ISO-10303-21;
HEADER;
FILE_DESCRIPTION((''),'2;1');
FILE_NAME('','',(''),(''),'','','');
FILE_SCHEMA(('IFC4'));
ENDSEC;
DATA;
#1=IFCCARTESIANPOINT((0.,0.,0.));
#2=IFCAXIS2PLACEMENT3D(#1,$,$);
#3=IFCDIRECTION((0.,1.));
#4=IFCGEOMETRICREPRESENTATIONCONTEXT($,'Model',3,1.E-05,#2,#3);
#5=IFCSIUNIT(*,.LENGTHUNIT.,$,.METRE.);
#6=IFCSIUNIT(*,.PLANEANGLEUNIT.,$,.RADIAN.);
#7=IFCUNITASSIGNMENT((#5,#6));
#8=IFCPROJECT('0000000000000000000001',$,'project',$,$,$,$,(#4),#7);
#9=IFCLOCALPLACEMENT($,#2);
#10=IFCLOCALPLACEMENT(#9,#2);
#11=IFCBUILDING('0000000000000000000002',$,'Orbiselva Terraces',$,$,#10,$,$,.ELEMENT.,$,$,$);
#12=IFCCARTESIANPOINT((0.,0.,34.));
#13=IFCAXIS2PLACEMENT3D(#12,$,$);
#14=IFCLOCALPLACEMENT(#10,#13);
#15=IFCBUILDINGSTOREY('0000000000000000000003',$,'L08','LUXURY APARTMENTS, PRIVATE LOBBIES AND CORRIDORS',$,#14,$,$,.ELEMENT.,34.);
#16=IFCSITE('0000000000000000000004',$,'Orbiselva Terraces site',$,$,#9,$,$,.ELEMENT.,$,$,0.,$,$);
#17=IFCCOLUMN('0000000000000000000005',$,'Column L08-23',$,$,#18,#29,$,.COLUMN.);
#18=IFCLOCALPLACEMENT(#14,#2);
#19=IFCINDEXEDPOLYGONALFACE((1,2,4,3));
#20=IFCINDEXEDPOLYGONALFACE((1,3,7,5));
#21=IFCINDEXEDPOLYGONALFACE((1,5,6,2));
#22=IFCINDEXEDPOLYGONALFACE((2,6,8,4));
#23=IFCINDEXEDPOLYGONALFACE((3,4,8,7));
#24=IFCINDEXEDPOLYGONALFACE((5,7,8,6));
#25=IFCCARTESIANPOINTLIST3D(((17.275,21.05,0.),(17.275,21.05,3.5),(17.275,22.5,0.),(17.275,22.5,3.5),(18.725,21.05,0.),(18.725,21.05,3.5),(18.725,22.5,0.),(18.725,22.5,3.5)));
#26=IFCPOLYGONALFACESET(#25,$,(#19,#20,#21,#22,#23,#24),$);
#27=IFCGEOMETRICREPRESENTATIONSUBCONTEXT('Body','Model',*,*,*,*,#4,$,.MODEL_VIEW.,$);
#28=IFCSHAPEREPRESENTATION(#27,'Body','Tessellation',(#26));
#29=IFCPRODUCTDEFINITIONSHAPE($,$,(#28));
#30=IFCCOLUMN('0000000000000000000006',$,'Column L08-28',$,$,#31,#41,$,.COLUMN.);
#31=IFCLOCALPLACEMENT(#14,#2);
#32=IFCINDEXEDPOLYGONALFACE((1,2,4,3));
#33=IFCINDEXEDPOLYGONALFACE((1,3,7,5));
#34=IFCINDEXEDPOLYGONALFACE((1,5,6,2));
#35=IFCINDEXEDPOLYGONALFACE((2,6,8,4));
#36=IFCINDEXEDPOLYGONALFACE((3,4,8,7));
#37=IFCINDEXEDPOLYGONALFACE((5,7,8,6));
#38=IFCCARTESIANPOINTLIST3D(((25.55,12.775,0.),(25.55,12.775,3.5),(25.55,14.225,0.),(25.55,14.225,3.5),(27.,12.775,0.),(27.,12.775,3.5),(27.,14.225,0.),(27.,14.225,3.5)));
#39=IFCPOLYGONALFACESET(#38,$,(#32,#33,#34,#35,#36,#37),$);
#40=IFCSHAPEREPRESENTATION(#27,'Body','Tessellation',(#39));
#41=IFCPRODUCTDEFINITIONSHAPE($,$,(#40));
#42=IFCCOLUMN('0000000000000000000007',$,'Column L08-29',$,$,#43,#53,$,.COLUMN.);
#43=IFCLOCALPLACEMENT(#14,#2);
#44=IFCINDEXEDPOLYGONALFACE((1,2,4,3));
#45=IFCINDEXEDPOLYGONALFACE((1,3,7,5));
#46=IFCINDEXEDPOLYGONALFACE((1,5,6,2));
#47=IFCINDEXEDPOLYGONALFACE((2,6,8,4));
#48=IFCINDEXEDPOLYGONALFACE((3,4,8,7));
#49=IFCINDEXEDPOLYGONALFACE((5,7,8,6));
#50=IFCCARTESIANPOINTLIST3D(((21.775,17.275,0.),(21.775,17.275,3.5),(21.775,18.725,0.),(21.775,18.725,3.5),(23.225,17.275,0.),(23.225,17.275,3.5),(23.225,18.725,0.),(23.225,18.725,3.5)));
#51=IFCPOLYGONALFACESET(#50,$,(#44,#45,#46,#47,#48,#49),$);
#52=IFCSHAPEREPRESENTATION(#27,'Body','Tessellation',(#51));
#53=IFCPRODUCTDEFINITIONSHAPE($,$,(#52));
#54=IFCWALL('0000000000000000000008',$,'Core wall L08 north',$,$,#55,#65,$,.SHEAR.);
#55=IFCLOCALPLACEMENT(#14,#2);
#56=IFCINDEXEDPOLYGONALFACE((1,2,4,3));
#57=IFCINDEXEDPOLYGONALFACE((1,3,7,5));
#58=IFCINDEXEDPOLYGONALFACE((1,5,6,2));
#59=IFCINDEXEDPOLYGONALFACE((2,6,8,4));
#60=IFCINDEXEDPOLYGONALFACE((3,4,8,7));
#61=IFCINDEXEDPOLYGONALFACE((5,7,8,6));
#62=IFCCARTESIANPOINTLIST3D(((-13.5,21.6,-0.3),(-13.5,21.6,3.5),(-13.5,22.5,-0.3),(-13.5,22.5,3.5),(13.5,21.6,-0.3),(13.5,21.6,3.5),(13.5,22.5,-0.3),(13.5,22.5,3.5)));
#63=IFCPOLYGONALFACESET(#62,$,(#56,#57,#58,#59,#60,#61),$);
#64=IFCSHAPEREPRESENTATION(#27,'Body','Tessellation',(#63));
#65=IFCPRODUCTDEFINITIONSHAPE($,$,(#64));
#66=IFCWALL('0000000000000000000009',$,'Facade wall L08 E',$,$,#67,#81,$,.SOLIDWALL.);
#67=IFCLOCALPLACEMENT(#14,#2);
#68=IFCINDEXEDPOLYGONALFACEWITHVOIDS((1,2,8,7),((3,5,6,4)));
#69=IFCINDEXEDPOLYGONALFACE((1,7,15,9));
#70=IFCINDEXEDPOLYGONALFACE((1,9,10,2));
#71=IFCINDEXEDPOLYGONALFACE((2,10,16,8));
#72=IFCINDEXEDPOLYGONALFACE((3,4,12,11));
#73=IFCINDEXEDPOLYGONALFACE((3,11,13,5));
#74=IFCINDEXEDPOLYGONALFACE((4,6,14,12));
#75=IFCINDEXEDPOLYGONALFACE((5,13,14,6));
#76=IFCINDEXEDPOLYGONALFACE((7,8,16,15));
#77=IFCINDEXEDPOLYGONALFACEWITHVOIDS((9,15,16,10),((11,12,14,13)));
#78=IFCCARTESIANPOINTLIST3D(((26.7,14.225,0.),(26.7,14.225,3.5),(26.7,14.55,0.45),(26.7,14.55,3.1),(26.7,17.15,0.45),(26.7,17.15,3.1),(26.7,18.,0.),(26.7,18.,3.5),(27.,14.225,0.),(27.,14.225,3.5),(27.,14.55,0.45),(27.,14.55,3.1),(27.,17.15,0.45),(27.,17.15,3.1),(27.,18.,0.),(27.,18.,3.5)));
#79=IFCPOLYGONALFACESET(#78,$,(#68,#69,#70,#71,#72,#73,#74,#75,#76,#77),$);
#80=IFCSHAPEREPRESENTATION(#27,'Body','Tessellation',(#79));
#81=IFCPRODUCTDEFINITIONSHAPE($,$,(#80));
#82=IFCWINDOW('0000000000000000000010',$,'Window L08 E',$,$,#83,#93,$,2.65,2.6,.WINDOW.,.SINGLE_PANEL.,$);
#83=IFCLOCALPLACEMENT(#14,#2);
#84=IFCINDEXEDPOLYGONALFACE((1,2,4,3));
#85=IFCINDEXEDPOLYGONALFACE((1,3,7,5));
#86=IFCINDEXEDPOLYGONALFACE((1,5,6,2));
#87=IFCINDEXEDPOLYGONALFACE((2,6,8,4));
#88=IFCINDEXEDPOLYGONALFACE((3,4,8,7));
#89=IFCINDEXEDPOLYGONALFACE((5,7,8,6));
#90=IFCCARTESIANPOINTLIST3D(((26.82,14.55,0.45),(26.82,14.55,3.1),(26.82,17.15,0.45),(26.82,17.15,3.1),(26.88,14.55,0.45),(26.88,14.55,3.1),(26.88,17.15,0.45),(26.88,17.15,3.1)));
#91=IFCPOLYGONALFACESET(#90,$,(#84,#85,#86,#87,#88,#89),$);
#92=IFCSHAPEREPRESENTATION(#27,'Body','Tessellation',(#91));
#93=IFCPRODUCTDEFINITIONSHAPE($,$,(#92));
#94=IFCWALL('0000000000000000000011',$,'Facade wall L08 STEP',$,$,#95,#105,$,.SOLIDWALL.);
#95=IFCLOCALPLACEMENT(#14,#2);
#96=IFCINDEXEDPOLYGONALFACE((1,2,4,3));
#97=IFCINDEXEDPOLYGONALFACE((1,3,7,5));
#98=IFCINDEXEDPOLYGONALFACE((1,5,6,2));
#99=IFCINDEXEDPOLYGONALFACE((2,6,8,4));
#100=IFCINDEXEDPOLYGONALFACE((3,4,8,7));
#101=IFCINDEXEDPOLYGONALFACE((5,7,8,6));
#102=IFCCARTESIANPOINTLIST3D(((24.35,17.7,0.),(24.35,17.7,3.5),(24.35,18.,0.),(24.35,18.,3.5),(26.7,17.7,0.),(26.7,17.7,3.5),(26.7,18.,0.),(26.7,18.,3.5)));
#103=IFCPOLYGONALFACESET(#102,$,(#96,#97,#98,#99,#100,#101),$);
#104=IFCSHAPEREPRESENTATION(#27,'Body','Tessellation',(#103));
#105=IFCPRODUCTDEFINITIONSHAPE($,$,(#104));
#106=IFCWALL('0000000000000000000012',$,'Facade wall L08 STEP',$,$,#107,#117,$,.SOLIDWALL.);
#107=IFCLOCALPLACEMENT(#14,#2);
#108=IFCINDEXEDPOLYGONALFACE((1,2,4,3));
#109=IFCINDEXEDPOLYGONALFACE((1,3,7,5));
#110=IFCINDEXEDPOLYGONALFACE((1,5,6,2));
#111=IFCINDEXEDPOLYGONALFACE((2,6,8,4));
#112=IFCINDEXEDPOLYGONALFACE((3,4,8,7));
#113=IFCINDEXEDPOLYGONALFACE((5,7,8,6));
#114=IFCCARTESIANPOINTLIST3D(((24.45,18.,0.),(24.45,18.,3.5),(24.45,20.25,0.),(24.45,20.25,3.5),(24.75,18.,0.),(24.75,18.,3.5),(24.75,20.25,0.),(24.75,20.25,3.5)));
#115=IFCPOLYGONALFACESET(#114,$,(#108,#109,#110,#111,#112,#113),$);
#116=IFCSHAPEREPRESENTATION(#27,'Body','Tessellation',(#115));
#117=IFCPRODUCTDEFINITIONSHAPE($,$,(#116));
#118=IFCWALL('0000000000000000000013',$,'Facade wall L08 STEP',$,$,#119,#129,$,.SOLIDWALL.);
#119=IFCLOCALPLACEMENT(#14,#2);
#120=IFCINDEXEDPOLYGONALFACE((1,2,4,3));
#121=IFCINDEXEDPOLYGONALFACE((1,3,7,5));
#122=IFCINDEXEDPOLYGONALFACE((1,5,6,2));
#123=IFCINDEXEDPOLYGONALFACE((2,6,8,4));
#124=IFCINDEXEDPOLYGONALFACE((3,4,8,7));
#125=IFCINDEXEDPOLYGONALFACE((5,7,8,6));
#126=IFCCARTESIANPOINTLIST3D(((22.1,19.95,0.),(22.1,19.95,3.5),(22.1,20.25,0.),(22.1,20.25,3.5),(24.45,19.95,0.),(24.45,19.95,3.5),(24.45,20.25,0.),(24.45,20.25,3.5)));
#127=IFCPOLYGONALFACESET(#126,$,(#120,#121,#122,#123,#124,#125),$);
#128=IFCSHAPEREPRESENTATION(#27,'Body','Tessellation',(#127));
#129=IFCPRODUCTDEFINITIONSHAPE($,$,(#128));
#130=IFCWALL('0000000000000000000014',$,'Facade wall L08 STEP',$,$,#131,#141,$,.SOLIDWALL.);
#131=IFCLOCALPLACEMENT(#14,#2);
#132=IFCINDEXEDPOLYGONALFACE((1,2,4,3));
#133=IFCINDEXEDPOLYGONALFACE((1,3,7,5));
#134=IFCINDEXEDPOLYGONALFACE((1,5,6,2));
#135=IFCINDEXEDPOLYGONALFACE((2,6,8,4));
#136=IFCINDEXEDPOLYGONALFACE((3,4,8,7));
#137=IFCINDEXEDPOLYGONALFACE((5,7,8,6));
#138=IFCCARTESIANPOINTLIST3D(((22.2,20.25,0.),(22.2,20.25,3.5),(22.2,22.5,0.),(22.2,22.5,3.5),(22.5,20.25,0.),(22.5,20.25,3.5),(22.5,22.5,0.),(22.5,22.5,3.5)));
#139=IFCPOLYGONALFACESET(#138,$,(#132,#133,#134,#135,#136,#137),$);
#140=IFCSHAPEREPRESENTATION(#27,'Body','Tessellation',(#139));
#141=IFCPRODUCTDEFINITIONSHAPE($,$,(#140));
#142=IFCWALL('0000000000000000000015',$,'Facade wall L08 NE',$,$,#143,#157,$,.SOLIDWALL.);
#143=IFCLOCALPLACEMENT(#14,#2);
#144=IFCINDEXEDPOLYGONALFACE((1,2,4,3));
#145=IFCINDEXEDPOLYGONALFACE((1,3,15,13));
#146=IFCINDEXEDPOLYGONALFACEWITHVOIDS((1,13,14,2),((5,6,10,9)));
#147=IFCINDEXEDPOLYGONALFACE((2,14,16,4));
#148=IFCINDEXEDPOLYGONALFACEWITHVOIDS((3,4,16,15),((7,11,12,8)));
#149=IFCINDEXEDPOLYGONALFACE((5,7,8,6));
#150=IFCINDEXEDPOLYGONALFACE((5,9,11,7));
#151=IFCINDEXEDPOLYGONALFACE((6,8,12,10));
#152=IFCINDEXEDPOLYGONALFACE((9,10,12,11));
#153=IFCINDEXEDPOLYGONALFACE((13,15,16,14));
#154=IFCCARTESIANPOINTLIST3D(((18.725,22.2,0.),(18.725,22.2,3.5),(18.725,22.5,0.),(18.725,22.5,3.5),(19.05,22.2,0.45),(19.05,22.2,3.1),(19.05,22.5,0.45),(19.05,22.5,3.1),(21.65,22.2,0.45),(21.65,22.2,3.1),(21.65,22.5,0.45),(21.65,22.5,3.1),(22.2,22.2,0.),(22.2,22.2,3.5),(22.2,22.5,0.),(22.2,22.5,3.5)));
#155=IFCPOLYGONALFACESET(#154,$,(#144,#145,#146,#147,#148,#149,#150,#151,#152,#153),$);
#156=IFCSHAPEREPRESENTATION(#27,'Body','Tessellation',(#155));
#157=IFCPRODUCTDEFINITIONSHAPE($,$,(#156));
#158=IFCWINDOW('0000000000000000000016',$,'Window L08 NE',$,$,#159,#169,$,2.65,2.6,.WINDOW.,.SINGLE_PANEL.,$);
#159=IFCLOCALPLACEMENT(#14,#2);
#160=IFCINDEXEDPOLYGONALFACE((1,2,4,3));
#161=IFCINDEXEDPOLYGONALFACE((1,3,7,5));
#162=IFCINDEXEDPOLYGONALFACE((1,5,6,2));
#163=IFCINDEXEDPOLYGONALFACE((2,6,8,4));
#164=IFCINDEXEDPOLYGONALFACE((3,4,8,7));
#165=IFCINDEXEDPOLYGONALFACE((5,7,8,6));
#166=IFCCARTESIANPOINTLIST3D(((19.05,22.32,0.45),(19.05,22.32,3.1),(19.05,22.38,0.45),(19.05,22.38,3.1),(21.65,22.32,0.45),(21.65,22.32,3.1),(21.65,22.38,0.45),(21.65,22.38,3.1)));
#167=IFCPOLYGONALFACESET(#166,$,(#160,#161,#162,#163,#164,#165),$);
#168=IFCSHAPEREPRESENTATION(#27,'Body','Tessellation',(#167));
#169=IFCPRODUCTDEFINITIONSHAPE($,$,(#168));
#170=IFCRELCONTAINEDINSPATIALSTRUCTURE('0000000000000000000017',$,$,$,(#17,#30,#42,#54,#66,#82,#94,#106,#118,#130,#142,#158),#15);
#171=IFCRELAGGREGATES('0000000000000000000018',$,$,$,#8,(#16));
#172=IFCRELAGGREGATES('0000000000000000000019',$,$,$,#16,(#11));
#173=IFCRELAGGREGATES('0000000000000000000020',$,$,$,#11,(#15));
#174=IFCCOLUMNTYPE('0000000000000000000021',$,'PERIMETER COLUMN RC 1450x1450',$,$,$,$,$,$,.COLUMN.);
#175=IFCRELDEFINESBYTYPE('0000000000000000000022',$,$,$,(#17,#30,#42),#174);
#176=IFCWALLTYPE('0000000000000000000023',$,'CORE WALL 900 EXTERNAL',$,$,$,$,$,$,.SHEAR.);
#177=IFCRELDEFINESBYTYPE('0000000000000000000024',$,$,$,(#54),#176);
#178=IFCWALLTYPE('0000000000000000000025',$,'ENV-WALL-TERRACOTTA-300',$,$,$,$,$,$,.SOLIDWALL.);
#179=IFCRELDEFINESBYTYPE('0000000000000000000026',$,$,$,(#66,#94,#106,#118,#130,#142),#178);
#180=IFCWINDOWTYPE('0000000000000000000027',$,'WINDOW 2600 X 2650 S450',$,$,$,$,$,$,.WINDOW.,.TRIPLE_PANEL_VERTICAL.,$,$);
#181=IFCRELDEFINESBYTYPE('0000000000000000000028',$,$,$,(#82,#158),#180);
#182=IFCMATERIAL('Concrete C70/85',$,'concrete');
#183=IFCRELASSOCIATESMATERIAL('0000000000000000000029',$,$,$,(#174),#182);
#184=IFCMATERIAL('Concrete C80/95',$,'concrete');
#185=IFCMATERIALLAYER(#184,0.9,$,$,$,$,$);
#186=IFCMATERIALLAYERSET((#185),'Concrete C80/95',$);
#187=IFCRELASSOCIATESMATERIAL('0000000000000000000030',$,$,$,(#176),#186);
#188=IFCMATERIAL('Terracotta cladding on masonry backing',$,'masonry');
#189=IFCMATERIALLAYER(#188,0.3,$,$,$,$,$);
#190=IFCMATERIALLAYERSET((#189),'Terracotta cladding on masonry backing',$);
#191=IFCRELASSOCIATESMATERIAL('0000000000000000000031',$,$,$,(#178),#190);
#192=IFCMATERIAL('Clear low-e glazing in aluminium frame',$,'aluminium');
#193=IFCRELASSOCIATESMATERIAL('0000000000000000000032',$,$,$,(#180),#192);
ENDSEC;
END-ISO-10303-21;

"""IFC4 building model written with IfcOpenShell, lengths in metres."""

from ifc_helpers import new_model, si_unit, direction, frame, frame_2d, origin, origin_2d, place, context, subcontext, project, spatial, rectangle, extrude, material, layer, layer_set, material_profile, profile_set, type_object, element, fill, save


model = new_model("IFC4")

# Units and contexts
model_context = context("Model", 3, precision=1e-05, world=origin(), true_north=direction((0.0, 1.0)))
body_context = subcontext(model_context, "Body", "Model", "MODEL_VIEW")
ifc_project = project(units=[si_unit("LENGTHUNIT", "METRE"), si_unit("PLANEANGLEUNIT", "RADIAN")], contexts=[model_context])

# Site, building, storey
site_placement = place(None, origin())
site = spatial("IfcSite", under=ifc_project, at=site_placement, Name="Orbiselva Terraces site", CompositionType="ELEMENT", RefElevation=0.0)
building_placement = place(site_placement, origin())
building = spatial("IfcBuilding", under=site, at=building_placement, Name="Orbiselva Terraces", CompositionType="ELEMENT")
storey_placement = place(building_placement, frame((0.0, 0.0, 34.0)))
storey = spatial("IfcBuildingStorey", under=building, at=storey_placement, Name="L08", Description="LUXURY APARTMENTS, PRIVATE LOBBIES AND CORRIDORS", CompositionType="ELEMENT", Elevation=34.0)

# Columns
ifc_material_1 = material(Name="Concrete C70/85", Category="concrete")
ifc_material_profile = material_profile(ifc_material_1, rectangle(XDim=1.45, YDim=1.45, at=origin_2d()), Name="RC 1450x1450")
ifc_profile_set = profile_set([ifc_material_profile], Name="Concrete C70/85")
column_type = type_object("IfcColumnType", Name="PERIMETER COLUMN RC 1450x1450", PredefinedType="COLUMN", material=ifc_profile_set)
for number, where, z_axis, x_axis, name in (
    (1, (18.0, 21.775, 0.0), (0.0, 0.0, 1.0), (1.0, 0.0, 0.0), "Column L08-23"),
    (2, (26.275, 13.5, 0.0), (0.0, 0.0, 1.0), (1.0, 0.0, 0.0), "Column L08-28"),
    (3, (22.5, 18.0, 0.0), (0.0, 0.0, 1.0), (1.0, 0.0, 0.0), "Column L08-29"),
):
    element("IfcColumn", number, at=place(storey_placement, frame(where, z_axis=z_axis, x_axis=x_axis)), inside=storey, type_object=column_type, Name=name, PredefinedType="COLUMN", context=body_context, shape_type="SweptSolid", body=[
        extrude(rectangle(XDim=1.45, YDim=1.45, at=origin_2d()), origin(), (0.0, 0.0, 1.0), 3.5),
    ])

# Wall
ifc_material_2 = material(Name="Concrete C80/95", Category="concrete")
ifc_layer_1 = layer(ifc_material_2, 0.9)
ifc_layer_set_1 = layer_set([ifc_layer_1], Name="Concrete C80/95")
wall_type_1 = type_object("IfcWallType", Name="CORE WALL 900 EXTERNAL", PredefinedType="SHEAR", material=ifc_layer_set_1)
wall_1_placement = place(storey_placement, frame((13.5, 22.05, -0.3), z_axis=(0.0, 0.0, 1.0), x_axis=(-1.0, 0.0, 0.0)))
element("IfcWall", 4, at=wall_1_placement, inside=storey, type_object=wall_type_1, Name="Core wall L08 north", PredefinedType="SHEAR", context=body_context, shape_type="SweptSolid", body=[
    extrude(rectangle(XDim=27.0, YDim=0.9, at=frame_2d((13.5, 0.0))), origin(), (0.0, 0.0, 1.0), 3.8),
])

# Wall, opening, window
ifc_material_3 = material(Name="Terracotta cladding on masonry backing", Category="masonry")
ifc_layer_2 = layer(ifc_material_3, 0.3)
ifc_layer_set_2 = layer_set([ifc_layer_2], Name="Terracotta cladding on masonry backing")
wall_type_2 = type_object("IfcWallType", Name="ENV-WALL-TERRACOTTA-300", PredefinedType="SOLIDWALL", material=ifc_layer_set_2)
wall_2_placement = place(storey_placement, frame((26.85, 18.0, 0.0), z_axis=(0.0, 0.0, 1.0), x_axis=(0.0, -1.0, 0.0)))
wall_2 = element("IfcWall", 5, at=wall_2_placement, inside=storey, type_object=wall_type_2, Name="Facade wall L08 E", PredefinedType="SOLIDWALL", context=body_context, shape_type="SweptSolid", body=[
    extrude(rectangle(XDim=3.775, YDim=0.3, at=frame_2d((1.8875, 0.0))), origin(), (0.0, 0.0, 1.0), 3.5),
])
opening_1_placement = place(wall_2_placement, frame((0.85, 0.0, 0.45)))
opening_1 = element("IfcOpeningElement", 6, at=opening_1_placement, cuts=wall_2, PredefinedType="OPENING", context=body_context, shape_type="SweptSolid", body=[
    extrude(rectangle(XDim=2.6, YDim=2.65, at=frame_2d((1.3, 1.325))), frame((0.0, 0.16, 0.0), z_axis=(0.0, -1.0, 0.0), x_axis=(1.0, 0.0, 0.0)), (0.0, 0.0, 1.0), 0.32),
])
ifc_material_4 = material(Name="Clear low-e glazing in aluminium frame", Category="aluminium")
window_type = type_object("IfcWindowType", Name="WINDOW 2600 X 2650 S450", PartitioningType="TRIPLE_PANEL_VERTICAL", PredefinedType="WINDOW", material=ifc_material_4)
window_1_placement = place(opening_1_placement, origin())
window_1 = element("IfcWindow", 7, at=window_1_placement, inside=storey, type_object=window_type, Name="Window L08 E", OverallHeight=2.65, OverallWidth=2.6, PartitioningType="SINGLE_PANEL", PredefinedType="WINDOW", context=body_context, shape_type="SweptSolid", body=[
    extrude(rectangle(XDim=2.6, YDim=2.65, at=frame_2d((1.3, 1.325))), frame((0.0, 0.03, 0.0), z_axis=(0.0, -1.0, 0.0), x_axis=(1.0, 0.0, 0.0)), (0.0, 0.0, 1.0), 0.06),
])
fill(opening_1, window_1)

# Walls
wall_3_placement = place(storey_placement, frame((24.35, 17.85, 0.0), z_axis=(0.0, 0.0, 1.0), x_axis=(1.0, 0.0, 0.0)))
element("IfcWall", 8, at=wall_3_placement, inside=storey, type_object=wall_type_2, Name="Facade wall L08 STEP", PredefinedType="SOLIDWALL", context=body_context, shape_type="SweptSolid", body=[
    extrude(rectangle(XDim=2.35, YDim=0.3, at=frame_2d((1.175, 0.0))), origin(), (0.0, 0.0, 1.0), 3.5),
])
wall_4_placement = place(storey_placement, frame((24.6, 20.25, 0.0), z_axis=(0.0, 0.0, 1.0), x_axis=(0.0, -1.0, 0.0)))
element("IfcWall", 9, at=wall_4_placement, inside=storey, type_object=wall_type_2, Name="Facade wall L08 STEP", PredefinedType="SOLIDWALL", context=body_context, shape_type="SweptSolid", body=[
    extrude(rectangle(XDim=2.25, YDim=0.3, at=frame_2d((1.125, 0.0))), origin(), (0.0, 0.0, 1.0), 3.5),
])
wall_5_placement = place(storey_placement, frame((22.1, 20.1, 0.0), z_axis=(0.0, 0.0, 1.0), x_axis=(1.0, 0.0, 0.0)))
element("IfcWall", 10, at=wall_5_placement, inside=storey, type_object=wall_type_2, Name="Facade wall L08 STEP", PredefinedType="SOLIDWALL", context=body_context, shape_type="SweptSolid", body=[
    extrude(rectangle(XDim=2.35, YDim=0.3, at=frame_2d((1.175, 0.0))), origin(), (0.0, 0.0, 1.0), 3.5),
])
wall_6_placement = place(storey_placement, frame((22.35, 22.5, 0.0), z_axis=(0.0, 0.0, 1.0), x_axis=(0.0, -1.0, 0.0)))
element("IfcWall", 11, at=wall_6_placement, inside=storey, type_object=wall_type_2, Name="Facade wall L08 STEP", PredefinedType="SOLIDWALL", context=body_context, shape_type="SweptSolid", body=[
    extrude(rectangle(XDim=2.25, YDim=0.3, at=frame_2d((1.125, 0.0))), origin(), (0.0, 0.0, 1.0), 3.5),
])

# Wall, opening, window
wall_7_placement = place(storey_placement, frame((18.725, 22.35, 0.0), z_axis=(0.0, 0.0, 1.0), x_axis=(1.0, 0.0, 0.0)))
wall_7 = element("IfcWall", 12, at=wall_7_placement, inside=storey, type_object=wall_type_2, Name="Facade wall L08 NE", PredefinedType="SOLIDWALL", context=body_context, shape_type="SweptSolid", body=[
    extrude(rectangle(XDim=3.475, YDim=0.3, at=frame_2d((1.7375, 0.0))), origin(), (0.0, 0.0, 1.0), 3.5),
])
opening_2_placement = place(wall_7_placement, frame((0.325, 0.0, 0.45)))
opening_2 = element("IfcOpeningElement", 13, at=opening_2_placement, cuts=wall_7, PredefinedType="OPENING", context=body_context, shape_type="SweptSolid", body=[
    extrude(rectangle(XDim=2.6, YDim=2.65, at=frame_2d((1.3, 1.325))), frame((0.0, 0.16, 0.0), z_axis=(0.0, -1.0, 0.0), x_axis=(1.0, 0.0, 0.0)), (0.0, 0.0, 1.0), 0.32),
])
window_2_placement = place(opening_2_placement, origin())
window_2 = element("IfcWindow", 14, at=window_2_placement, inside=storey, type_object=window_type, Name="Window L08 NE", OverallHeight=2.65, OverallWidth=2.6, PartitioningType="SINGLE_PANEL", PredefinedType="WINDOW", context=body_context, shape_type="SweptSolid", body=[
    extrude(rectangle(XDim=2.6, YDim=2.65, at=frame_2d((1.3, 1.325))), frame((0.0, 0.03, 0.0), z_axis=(0.0, -1.0, 0.0), x_axis=(1.0, 0.0, 0.0)), (0.0, 0.0, 1.0), 0.06),
])
fill(opening_2, window_2)

save(model, "model.ifc")
